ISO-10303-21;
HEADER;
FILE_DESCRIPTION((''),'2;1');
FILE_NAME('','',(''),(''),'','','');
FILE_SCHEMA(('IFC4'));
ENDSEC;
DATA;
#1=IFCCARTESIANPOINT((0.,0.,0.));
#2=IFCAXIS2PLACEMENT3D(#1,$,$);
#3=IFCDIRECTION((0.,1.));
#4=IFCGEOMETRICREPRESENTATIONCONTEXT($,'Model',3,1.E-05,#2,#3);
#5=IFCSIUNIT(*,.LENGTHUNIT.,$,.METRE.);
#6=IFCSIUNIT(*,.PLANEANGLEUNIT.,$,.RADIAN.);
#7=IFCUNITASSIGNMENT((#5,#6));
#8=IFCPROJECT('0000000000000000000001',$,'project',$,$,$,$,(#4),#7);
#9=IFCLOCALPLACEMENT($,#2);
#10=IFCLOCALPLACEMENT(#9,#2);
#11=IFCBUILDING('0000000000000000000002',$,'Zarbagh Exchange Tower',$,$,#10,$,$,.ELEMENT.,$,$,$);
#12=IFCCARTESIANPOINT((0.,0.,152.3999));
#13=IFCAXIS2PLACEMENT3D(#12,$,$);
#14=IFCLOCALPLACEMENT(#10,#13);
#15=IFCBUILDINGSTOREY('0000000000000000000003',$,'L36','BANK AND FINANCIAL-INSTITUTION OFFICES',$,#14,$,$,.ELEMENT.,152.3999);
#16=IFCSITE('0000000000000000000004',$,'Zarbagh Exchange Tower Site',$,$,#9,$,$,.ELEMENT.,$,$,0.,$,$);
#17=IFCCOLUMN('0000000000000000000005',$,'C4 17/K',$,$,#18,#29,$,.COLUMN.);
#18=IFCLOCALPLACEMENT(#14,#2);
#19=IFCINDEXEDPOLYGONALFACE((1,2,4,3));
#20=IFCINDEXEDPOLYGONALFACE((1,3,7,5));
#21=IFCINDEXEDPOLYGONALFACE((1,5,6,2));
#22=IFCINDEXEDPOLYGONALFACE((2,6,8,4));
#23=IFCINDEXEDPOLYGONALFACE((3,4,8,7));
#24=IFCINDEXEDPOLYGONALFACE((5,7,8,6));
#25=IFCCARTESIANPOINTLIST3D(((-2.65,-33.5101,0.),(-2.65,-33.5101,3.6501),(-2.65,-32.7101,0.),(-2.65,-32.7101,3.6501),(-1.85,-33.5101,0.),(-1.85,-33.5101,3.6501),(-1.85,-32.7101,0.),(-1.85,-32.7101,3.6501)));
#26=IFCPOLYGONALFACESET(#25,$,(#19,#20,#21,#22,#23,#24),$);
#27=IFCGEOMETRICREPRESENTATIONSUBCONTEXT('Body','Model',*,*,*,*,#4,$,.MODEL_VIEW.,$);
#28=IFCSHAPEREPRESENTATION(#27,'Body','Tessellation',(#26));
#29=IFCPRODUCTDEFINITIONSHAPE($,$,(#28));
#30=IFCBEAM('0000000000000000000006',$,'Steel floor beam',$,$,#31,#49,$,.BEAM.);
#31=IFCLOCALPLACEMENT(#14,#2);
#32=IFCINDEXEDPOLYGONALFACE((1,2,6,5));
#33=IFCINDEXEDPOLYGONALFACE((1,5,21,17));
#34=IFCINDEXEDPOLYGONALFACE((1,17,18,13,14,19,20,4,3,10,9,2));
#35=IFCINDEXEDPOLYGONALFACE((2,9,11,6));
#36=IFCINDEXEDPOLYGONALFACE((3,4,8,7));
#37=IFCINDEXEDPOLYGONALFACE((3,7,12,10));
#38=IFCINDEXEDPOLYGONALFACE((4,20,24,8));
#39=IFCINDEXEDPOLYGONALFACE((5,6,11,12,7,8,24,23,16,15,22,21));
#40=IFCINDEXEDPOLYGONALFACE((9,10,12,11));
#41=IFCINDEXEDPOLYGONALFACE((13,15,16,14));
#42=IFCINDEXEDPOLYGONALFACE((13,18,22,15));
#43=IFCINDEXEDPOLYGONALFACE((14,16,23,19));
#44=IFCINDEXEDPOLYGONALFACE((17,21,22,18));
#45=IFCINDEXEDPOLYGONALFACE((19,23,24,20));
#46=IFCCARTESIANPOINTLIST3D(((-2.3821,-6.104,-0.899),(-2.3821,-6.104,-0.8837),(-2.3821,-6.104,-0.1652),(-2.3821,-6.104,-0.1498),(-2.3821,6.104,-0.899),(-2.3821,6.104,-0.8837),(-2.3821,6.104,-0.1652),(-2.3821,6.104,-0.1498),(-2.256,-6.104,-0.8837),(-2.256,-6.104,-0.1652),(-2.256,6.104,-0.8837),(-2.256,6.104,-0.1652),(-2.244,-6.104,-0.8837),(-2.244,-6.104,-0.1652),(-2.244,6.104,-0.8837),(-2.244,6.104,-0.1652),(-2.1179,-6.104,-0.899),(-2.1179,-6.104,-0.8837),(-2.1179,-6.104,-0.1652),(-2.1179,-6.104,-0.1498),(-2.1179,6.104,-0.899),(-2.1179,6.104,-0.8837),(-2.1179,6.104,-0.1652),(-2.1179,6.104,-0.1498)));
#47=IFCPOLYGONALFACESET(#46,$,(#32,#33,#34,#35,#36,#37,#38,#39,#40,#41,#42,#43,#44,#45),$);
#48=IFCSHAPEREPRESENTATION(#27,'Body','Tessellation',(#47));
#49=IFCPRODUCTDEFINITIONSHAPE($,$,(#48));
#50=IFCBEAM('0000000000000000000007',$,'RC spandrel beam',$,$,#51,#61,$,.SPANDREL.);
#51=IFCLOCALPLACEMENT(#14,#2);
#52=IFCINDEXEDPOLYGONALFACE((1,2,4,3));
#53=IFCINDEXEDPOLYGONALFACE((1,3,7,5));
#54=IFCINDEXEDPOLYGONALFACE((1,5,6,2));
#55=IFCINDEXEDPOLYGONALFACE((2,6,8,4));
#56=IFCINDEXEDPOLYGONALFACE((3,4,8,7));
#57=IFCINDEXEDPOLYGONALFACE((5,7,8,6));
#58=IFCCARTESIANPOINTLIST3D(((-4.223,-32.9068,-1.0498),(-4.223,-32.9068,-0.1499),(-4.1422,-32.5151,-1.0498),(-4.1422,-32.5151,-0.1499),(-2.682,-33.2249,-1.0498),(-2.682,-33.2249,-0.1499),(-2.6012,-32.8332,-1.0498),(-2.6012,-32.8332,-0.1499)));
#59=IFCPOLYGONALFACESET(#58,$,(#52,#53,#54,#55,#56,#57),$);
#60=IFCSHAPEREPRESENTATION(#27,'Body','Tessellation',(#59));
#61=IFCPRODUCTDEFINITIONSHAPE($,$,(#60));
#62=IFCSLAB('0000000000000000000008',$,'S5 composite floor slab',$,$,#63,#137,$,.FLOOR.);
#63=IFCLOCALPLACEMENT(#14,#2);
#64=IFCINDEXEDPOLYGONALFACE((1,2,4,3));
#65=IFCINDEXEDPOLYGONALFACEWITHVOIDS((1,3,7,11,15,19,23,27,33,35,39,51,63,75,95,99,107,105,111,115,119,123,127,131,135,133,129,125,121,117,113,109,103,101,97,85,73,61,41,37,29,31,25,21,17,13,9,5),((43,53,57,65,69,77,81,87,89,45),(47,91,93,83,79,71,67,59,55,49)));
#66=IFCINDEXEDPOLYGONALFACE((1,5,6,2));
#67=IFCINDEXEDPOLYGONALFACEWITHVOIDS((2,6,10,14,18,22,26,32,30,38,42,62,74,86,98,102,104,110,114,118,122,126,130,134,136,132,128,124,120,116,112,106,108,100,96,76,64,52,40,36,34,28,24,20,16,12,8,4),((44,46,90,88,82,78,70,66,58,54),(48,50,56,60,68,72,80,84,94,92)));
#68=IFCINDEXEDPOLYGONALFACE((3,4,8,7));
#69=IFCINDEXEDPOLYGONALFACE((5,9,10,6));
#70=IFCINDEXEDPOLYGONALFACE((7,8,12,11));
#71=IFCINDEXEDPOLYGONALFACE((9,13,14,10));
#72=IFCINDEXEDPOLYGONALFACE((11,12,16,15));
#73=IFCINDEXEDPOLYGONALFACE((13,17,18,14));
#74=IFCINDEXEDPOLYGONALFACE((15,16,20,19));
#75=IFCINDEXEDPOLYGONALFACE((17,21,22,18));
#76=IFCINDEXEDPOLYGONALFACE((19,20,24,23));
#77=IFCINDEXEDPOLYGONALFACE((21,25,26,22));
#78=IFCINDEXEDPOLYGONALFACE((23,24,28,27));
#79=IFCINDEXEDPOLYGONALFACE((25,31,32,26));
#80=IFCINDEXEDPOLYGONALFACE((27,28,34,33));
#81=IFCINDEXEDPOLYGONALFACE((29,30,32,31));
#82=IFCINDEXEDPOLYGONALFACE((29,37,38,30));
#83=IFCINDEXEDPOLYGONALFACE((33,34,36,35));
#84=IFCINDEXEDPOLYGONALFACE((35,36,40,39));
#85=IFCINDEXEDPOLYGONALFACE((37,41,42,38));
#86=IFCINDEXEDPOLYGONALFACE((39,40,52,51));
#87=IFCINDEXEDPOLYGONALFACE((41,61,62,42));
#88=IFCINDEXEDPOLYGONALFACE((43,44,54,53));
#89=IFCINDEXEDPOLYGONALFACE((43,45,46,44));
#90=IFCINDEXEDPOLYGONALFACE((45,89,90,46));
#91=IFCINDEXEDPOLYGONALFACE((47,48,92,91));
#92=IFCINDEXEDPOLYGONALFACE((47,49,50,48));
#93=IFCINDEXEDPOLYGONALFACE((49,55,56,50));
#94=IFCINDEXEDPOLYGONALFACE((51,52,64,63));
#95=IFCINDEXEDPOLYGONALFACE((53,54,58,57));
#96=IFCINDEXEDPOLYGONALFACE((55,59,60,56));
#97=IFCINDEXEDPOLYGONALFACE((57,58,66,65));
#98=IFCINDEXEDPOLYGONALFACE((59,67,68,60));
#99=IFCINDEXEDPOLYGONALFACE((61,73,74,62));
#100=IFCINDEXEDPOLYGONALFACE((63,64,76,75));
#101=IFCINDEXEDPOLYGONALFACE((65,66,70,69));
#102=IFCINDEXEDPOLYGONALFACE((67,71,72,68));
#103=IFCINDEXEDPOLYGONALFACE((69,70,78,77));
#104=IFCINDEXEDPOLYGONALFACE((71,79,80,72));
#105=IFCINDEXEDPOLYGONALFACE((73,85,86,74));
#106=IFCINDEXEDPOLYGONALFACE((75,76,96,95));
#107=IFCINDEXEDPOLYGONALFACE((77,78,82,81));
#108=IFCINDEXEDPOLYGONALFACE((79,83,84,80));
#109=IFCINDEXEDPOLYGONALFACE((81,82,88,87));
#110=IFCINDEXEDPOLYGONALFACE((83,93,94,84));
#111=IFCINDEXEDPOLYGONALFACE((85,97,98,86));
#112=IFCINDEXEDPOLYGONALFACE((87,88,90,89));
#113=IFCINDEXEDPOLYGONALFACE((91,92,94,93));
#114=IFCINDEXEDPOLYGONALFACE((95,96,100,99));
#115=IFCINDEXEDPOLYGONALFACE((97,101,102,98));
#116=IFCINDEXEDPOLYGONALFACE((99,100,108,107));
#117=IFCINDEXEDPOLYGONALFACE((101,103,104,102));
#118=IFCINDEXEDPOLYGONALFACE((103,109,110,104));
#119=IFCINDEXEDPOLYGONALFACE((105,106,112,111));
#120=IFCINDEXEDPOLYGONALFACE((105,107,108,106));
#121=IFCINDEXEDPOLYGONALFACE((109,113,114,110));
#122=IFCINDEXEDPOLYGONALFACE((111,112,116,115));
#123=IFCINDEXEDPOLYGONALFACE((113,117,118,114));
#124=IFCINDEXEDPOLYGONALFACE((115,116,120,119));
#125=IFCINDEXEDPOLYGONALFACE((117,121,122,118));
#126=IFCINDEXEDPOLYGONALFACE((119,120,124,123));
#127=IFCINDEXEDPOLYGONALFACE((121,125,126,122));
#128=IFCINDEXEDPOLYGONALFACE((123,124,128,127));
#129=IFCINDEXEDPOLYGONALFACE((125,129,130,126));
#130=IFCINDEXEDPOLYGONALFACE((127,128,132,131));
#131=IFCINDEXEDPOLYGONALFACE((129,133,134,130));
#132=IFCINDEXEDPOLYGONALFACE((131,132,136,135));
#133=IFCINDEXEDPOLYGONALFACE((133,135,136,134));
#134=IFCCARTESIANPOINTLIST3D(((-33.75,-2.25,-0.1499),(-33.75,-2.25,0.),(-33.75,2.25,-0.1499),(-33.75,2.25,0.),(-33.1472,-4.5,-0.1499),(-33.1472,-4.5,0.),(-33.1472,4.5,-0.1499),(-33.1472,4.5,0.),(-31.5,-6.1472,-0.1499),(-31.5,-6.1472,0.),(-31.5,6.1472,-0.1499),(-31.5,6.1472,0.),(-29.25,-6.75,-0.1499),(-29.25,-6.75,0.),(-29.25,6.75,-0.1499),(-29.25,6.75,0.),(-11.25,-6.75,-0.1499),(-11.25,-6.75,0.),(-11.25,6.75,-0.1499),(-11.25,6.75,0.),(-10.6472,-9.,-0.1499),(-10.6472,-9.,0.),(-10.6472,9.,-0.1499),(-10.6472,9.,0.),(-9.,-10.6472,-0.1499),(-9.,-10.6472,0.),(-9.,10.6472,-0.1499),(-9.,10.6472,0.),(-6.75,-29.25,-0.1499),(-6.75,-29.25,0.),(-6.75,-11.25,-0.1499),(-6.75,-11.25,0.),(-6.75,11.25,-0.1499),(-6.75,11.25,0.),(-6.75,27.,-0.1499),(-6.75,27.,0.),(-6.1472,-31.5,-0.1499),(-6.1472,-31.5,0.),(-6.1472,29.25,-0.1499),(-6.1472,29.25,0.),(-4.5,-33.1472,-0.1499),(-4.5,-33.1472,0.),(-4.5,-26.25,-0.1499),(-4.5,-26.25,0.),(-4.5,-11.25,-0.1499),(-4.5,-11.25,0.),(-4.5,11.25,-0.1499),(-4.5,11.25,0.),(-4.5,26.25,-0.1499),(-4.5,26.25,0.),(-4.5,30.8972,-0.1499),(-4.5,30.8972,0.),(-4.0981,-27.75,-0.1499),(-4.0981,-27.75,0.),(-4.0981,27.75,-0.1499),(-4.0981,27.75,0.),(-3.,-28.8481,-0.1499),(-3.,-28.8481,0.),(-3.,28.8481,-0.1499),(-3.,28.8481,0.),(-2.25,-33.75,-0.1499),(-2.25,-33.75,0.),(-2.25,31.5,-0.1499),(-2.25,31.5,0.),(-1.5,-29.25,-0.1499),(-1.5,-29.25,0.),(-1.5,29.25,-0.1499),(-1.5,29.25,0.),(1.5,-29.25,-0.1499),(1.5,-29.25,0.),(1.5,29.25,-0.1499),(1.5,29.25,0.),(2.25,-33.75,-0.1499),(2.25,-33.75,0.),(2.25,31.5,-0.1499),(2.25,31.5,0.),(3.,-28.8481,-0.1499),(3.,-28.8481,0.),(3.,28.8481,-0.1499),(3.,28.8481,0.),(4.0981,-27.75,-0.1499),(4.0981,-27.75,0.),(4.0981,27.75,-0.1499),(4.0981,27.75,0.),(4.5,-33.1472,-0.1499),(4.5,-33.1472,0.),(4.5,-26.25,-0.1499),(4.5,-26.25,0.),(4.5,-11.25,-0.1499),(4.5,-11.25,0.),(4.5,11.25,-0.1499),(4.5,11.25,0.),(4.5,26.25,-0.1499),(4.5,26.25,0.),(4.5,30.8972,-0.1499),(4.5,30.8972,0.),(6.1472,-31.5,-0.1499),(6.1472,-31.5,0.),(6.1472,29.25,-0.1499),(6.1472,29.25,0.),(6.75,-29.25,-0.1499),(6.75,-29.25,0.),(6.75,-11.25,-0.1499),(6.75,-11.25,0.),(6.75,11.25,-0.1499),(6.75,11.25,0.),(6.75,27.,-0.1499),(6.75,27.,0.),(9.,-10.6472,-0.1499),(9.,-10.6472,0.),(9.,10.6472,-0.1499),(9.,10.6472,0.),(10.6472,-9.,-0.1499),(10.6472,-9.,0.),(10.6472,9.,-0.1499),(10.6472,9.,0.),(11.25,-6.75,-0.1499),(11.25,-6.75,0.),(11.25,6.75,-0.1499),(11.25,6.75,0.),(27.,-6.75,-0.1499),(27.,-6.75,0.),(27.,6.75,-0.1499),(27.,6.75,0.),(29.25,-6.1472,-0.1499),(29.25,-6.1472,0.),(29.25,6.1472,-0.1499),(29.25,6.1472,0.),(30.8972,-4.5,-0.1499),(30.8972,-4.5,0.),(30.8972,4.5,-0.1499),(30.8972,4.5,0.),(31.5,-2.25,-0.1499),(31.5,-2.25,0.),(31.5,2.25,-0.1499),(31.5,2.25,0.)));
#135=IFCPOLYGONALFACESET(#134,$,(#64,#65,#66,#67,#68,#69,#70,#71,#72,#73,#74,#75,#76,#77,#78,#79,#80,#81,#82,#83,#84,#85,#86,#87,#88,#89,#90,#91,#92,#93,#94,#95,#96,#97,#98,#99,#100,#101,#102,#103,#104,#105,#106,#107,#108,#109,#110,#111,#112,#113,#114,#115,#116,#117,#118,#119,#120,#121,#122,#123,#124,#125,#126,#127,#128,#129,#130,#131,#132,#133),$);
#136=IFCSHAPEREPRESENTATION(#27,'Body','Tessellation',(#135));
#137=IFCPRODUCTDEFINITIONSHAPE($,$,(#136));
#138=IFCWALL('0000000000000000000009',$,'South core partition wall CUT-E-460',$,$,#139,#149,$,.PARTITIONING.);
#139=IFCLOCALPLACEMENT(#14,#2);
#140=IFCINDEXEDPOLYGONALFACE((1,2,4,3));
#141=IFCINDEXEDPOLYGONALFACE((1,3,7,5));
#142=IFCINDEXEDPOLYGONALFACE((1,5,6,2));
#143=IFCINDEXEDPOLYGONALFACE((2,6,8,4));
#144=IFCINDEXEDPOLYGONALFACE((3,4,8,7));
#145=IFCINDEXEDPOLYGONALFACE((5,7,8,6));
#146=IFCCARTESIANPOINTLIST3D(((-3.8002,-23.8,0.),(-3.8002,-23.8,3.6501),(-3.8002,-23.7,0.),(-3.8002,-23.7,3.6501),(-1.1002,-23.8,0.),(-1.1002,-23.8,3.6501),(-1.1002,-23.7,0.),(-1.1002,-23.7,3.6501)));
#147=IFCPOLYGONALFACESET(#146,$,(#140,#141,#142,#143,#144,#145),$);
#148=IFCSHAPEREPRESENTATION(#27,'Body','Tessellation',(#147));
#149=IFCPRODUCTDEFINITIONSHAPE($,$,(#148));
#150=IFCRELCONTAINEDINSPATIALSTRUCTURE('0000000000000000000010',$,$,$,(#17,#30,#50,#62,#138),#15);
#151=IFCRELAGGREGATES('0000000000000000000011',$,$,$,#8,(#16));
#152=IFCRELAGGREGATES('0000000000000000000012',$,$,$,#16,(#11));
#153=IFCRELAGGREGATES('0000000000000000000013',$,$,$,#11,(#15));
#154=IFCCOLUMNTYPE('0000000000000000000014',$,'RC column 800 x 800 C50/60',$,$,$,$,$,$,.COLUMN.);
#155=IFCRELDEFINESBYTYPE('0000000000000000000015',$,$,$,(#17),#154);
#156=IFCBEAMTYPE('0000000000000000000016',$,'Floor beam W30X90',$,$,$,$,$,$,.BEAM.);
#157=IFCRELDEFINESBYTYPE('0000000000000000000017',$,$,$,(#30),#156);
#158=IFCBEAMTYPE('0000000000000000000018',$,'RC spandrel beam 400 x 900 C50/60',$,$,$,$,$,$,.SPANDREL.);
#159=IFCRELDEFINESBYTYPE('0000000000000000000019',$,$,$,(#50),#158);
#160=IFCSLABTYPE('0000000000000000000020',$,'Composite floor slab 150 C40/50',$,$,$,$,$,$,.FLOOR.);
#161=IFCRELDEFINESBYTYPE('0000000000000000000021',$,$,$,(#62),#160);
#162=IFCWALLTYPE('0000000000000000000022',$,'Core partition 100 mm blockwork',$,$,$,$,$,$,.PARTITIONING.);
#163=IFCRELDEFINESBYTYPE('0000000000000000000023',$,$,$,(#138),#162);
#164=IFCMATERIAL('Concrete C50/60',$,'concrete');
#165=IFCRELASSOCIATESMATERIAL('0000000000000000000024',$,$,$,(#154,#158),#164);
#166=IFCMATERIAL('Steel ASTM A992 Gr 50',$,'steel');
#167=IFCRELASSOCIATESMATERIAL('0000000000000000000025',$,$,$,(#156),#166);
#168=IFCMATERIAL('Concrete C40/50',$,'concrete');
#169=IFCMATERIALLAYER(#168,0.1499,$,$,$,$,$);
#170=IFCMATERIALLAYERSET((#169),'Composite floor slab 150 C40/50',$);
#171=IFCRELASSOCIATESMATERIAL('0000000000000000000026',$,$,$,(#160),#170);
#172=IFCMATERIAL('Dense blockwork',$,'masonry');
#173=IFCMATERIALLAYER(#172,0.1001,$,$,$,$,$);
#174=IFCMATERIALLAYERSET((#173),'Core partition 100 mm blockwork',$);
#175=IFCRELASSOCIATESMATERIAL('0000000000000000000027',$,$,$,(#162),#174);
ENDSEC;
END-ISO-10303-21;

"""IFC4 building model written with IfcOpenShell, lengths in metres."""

from ifc_helpers import new_model, si_unit, direction, frame, frame_2d, origin, origin_2d, place, context, subcontext, project, spatial, polyline, rectangle, i_section, outline, extrude, material, layer, layer_set, material_profile, profile_set, type_object, element, save


model = new_model("IFC4")

# Units and contexts
model_context = context("Model", 3, precision=1e-05, world=origin(), true_north=direction((0.0, 1.0)))
body_context = subcontext(model_context, "Body", "Model", "MODEL_VIEW")
ifc_project = project(units=[si_unit("LENGTHUNIT", "METRE"), si_unit("PLANEANGLEUNIT", "RADIAN")], contexts=[model_context])

# Site, building, storey
site_placement = place(None, origin())
site = spatial("IfcSite", under=ifc_project, at=site_placement, Name="Zarbagh Exchange Tower Site", CompositionType="ELEMENT", RefElevation=0.0)
building_placement = place(site_placement, origin())
building = spatial("IfcBuilding", under=site, at=building_placement, Name="Zarbagh Exchange Tower", CompositionType="ELEMENT")
storey_placement = place(building_placement, frame((0.0, 0.0, 152.3999)))
storey = spatial("IfcBuildingStorey", under=building, at=storey_placement, Name="L36", Description="BANK AND FINANCIAL-INSTITUTION OFFICES", CompositionType="ELEMENT", Elevation=152.3999)

# Column
ifc_material_1 = material(Name="Concrete C50/60", Category="concrete")
ifc_material_profile_1 = material_profile(ifc_material_1, rectangle(XDim=0.8, YDim=0.8, at=origin_2d()), Name="RC column 800 x 800 C50/60")
ifc_profile_set_1 = profile_set([ifc_material_profile_1], Name="Concrete C50/60")
column_type = type_object("IfcColumnType", Name="RC column 800 x 800 C50/60", PredefinedType="COLUMN", material=ifc_profile_set_1)
column_placement = place(storey_placement, frame((-2.25, -33.1101, 0.0), z_axis=(0.0, 0.0, 1.0), x_axis=(1.0, 0.0, 0.0)))
element("IfcColumn", 1, at=column_placement, inside=storey, type_object=column_type, Name="C4 17/K", PredefinedType="COLUMN", context=body_context, shape_type="SweptSolid", body=[
    extrude(rectangle(XDim=0.8, YDim=0.8, at=origin_2d()), origin(), (0.0, 0.0, 1.0), 3.6501),
])

# Beams
ifc_material_2 = material(Name="Steel ASTM A992 Gr 50", Category="steel")
ifc_material_profile_2 = material_profile(ifc_material_2, i_section(OverallWidth=0.2642, OverallDepth=0.7493, WebThickness=0.012, FlangeThickness=0.0154, at=origin_2d()), Name="W30X90")
ifc_profile_set_2 = profile_set([ifc_material_profile_2], Name="Steel ASTM A992 Gr 50")
beam_type_1 = type_object("IfcBeamType", Name="Floor beam W30X90", PredefinedType="BEAM", material=ifc_profile_set_2)
beam_1_placement = place(storey_placement, frame((-2.25, -6.104, -0.5244), z_axis=(0.0, 1.0, 0.0), x_axis=(-1.0, 0.0, 0.0)))
element("IfcBeam", 2, at=beam_1_placement, inside=storey, type_object=beam_type_1, Name="Steel floor beam", PredefinedType="BEAM", context=body_context, shape_type="SweptSolid", body=[
    extrude(i_section(OverallWidth=0.2642, OverallDepth=0.7493, WebThickness=0.012, FlangeThickness=0.0154, at=origin_2d()), origin(), (0.0, 0.0, 1.0), 12.208),
])
ifc_material_profile_3 = material_profile(ifc_material_1, rectangle(XDim=0.3999, YDim=0.8999, at=origin_2d()), Name="RC spandrel beam 400 x 900 C50/60")
ifc_profile_set_3 = profile_set([ifc_material_profile_3], Name="Concrete C50/60")
beam_type_2 = type_object("IfcBeamType", Name="RC spandrel beam 400 x 900 C50/60", PredefinedType="SPANDREL", material=ifc_profile_set_3)
beam_2_placement = place(storey_placement, frame((-2.6416, -33.0291, -0.5999), z_axis=(-0.979351, 0.202169, 0.0), x_axis=(-0.202169, -0.979351, 0.0)))
element("IfcBeam", 3, at=beam_2_placement, inside=storey, type_object=beam_type_2, Name="RC spandrel beam", PredefinedType="SPANDREL", context=body_context, shape_type="SweptSolid", body=[
    extrude(rectangle(XDim=0.3999, YDim=0.8999, at=origin_2d()), origin(), (0.0, 0.0, 1.0), 1.5735),
])

# Slab
ifc_material_3 = material(Name="Concrete C40/50", Category="concrete")
ifc_layer_1 = layer(ifc_material_3, 0.1499)
ifc_layer_set_1 = layer_set([ifc_layer_1], Name="Composite floor slab 150 C40/50")
slab_type = type_object("IfcSlabType", Name="Composite floor slab 150 C40/50", PredefinedType="FLOOR", material=ifc_layer_set_1)
slab_placement = place(storey_placement, frame((0.0, 0.0, -0.1499)))
element("IfcSlab", 4, at=slab_placement, inside=storey, type_object=slab_type, Name="S5 composite floor slab", PredefinedType="FLOOR", context=body_context, shape_type="SweptSolid", body=[
    extrude(outline(polyline([(-2.25, -33.75), (-4.5, -33.1472), (-6.1472, -31.5), (-6.75, -29.25), (-6.75, -11.25), (-9.0, -10.6472), (-10.6472, -9.0), (-11.25, -6.75), (-29.25, -6.75), (-31.5, -6.1472), (-33.1472, -4.5), (-33.75, -2.25), (-33.75, 2.25), (-33.1472, 4.5), (-31.5, 6.1472), (-29.25, 6.75), (-11.25, 6.75), (-10.6472, 9.0), (-9.0, 10.6472), (-6.75, 11.25), (-6.75, 27.0), (-6.1472, 29.25), (-4.5, 30.8972), (-2.25, 31.5), (2.25, 31.5), (4.5, 30.8972), (6.1472, 29.25), (6.75, 27.0), (6.75, 11.25), (9.0, 10.6472), (10.6472, 9.0), (11.25, 6.75), (27.0, 6.75), (29.25, 6.1472), (30.8972, 4.5), (31.5, 2.25), (31.5, -2.25), (30.8972, -4.5), (29.25, -6.1472), (27.0, -6.75), (11.25, -6.75), (10.6472, -9.0), (9.0, -10.6472), (6.75, -11.25), (6.75, -29.25), (6.1472, -31.5), (4.5, -33.1472), (2.25, -33.75), (-2.25, -33.75)]), holes=[polyline([(4.5, 11.25), (4.5, 26.25), (4.0981, 27.75), (3.0, 28.8481), (1.5, 29.25), (-1.5, 29.25), (-3.0, 28.8481), (-4.0981, 27.75), (-4.5, 26.25), (-4.5, 11.25), (4.5, 11.25)]), polyline([(-1.5, -29.25), (1.5, -29.25), (3.0, -28.8481), (4.0981, -27.75), (4.5, -26.25), (4.5, -11.25), (-4.5, -11.25), (-4.5, -26.25), (-4.0981, -27.75), (-3.0, -28.8481), (-1.5, -29.25)])]), origin(), (0.0, 0.0, 1.0), 0.1499),
])

# Wall
ifc_material_4 = material(Name="Dense blockwork", Category="masonry")
ifc_layer_2 = layer(ifc_material_4, 0.1001)
ifc_layer_set_2 = layer_set([ifc_layer_2], Name="Core partition 100 mm blockwork")
wall_type_1 = type_object("IfcWallType", Name="Core partition 100 mm blockwork", PredefinedType="PARTITIONING", material=ifc_layer_set_2)
wall_1_placement = place(storey_placement, frame((-1.1001, -23.75, 0.0), z_axis=(0.0, 0.0, 1.0), x_axis=(-1.0, 0.0, 0.0)))
element("IfcWall", 5, at=wall_1_placement, inside=storey, type_object=wall_type_1, Name="South core partition wall CUT-E-460", PredefinedType="PARTITIONING", context=body_context, shape_type="SweptSolid", body=[
    extrude(rectangle(XDim=2.7, YDim=0.1001, at=frame_2d((1.3501, 0.0))), origin(), (0.0, 0.0, 1.0), 3.6501),
])

save(model, "model.ifc")
